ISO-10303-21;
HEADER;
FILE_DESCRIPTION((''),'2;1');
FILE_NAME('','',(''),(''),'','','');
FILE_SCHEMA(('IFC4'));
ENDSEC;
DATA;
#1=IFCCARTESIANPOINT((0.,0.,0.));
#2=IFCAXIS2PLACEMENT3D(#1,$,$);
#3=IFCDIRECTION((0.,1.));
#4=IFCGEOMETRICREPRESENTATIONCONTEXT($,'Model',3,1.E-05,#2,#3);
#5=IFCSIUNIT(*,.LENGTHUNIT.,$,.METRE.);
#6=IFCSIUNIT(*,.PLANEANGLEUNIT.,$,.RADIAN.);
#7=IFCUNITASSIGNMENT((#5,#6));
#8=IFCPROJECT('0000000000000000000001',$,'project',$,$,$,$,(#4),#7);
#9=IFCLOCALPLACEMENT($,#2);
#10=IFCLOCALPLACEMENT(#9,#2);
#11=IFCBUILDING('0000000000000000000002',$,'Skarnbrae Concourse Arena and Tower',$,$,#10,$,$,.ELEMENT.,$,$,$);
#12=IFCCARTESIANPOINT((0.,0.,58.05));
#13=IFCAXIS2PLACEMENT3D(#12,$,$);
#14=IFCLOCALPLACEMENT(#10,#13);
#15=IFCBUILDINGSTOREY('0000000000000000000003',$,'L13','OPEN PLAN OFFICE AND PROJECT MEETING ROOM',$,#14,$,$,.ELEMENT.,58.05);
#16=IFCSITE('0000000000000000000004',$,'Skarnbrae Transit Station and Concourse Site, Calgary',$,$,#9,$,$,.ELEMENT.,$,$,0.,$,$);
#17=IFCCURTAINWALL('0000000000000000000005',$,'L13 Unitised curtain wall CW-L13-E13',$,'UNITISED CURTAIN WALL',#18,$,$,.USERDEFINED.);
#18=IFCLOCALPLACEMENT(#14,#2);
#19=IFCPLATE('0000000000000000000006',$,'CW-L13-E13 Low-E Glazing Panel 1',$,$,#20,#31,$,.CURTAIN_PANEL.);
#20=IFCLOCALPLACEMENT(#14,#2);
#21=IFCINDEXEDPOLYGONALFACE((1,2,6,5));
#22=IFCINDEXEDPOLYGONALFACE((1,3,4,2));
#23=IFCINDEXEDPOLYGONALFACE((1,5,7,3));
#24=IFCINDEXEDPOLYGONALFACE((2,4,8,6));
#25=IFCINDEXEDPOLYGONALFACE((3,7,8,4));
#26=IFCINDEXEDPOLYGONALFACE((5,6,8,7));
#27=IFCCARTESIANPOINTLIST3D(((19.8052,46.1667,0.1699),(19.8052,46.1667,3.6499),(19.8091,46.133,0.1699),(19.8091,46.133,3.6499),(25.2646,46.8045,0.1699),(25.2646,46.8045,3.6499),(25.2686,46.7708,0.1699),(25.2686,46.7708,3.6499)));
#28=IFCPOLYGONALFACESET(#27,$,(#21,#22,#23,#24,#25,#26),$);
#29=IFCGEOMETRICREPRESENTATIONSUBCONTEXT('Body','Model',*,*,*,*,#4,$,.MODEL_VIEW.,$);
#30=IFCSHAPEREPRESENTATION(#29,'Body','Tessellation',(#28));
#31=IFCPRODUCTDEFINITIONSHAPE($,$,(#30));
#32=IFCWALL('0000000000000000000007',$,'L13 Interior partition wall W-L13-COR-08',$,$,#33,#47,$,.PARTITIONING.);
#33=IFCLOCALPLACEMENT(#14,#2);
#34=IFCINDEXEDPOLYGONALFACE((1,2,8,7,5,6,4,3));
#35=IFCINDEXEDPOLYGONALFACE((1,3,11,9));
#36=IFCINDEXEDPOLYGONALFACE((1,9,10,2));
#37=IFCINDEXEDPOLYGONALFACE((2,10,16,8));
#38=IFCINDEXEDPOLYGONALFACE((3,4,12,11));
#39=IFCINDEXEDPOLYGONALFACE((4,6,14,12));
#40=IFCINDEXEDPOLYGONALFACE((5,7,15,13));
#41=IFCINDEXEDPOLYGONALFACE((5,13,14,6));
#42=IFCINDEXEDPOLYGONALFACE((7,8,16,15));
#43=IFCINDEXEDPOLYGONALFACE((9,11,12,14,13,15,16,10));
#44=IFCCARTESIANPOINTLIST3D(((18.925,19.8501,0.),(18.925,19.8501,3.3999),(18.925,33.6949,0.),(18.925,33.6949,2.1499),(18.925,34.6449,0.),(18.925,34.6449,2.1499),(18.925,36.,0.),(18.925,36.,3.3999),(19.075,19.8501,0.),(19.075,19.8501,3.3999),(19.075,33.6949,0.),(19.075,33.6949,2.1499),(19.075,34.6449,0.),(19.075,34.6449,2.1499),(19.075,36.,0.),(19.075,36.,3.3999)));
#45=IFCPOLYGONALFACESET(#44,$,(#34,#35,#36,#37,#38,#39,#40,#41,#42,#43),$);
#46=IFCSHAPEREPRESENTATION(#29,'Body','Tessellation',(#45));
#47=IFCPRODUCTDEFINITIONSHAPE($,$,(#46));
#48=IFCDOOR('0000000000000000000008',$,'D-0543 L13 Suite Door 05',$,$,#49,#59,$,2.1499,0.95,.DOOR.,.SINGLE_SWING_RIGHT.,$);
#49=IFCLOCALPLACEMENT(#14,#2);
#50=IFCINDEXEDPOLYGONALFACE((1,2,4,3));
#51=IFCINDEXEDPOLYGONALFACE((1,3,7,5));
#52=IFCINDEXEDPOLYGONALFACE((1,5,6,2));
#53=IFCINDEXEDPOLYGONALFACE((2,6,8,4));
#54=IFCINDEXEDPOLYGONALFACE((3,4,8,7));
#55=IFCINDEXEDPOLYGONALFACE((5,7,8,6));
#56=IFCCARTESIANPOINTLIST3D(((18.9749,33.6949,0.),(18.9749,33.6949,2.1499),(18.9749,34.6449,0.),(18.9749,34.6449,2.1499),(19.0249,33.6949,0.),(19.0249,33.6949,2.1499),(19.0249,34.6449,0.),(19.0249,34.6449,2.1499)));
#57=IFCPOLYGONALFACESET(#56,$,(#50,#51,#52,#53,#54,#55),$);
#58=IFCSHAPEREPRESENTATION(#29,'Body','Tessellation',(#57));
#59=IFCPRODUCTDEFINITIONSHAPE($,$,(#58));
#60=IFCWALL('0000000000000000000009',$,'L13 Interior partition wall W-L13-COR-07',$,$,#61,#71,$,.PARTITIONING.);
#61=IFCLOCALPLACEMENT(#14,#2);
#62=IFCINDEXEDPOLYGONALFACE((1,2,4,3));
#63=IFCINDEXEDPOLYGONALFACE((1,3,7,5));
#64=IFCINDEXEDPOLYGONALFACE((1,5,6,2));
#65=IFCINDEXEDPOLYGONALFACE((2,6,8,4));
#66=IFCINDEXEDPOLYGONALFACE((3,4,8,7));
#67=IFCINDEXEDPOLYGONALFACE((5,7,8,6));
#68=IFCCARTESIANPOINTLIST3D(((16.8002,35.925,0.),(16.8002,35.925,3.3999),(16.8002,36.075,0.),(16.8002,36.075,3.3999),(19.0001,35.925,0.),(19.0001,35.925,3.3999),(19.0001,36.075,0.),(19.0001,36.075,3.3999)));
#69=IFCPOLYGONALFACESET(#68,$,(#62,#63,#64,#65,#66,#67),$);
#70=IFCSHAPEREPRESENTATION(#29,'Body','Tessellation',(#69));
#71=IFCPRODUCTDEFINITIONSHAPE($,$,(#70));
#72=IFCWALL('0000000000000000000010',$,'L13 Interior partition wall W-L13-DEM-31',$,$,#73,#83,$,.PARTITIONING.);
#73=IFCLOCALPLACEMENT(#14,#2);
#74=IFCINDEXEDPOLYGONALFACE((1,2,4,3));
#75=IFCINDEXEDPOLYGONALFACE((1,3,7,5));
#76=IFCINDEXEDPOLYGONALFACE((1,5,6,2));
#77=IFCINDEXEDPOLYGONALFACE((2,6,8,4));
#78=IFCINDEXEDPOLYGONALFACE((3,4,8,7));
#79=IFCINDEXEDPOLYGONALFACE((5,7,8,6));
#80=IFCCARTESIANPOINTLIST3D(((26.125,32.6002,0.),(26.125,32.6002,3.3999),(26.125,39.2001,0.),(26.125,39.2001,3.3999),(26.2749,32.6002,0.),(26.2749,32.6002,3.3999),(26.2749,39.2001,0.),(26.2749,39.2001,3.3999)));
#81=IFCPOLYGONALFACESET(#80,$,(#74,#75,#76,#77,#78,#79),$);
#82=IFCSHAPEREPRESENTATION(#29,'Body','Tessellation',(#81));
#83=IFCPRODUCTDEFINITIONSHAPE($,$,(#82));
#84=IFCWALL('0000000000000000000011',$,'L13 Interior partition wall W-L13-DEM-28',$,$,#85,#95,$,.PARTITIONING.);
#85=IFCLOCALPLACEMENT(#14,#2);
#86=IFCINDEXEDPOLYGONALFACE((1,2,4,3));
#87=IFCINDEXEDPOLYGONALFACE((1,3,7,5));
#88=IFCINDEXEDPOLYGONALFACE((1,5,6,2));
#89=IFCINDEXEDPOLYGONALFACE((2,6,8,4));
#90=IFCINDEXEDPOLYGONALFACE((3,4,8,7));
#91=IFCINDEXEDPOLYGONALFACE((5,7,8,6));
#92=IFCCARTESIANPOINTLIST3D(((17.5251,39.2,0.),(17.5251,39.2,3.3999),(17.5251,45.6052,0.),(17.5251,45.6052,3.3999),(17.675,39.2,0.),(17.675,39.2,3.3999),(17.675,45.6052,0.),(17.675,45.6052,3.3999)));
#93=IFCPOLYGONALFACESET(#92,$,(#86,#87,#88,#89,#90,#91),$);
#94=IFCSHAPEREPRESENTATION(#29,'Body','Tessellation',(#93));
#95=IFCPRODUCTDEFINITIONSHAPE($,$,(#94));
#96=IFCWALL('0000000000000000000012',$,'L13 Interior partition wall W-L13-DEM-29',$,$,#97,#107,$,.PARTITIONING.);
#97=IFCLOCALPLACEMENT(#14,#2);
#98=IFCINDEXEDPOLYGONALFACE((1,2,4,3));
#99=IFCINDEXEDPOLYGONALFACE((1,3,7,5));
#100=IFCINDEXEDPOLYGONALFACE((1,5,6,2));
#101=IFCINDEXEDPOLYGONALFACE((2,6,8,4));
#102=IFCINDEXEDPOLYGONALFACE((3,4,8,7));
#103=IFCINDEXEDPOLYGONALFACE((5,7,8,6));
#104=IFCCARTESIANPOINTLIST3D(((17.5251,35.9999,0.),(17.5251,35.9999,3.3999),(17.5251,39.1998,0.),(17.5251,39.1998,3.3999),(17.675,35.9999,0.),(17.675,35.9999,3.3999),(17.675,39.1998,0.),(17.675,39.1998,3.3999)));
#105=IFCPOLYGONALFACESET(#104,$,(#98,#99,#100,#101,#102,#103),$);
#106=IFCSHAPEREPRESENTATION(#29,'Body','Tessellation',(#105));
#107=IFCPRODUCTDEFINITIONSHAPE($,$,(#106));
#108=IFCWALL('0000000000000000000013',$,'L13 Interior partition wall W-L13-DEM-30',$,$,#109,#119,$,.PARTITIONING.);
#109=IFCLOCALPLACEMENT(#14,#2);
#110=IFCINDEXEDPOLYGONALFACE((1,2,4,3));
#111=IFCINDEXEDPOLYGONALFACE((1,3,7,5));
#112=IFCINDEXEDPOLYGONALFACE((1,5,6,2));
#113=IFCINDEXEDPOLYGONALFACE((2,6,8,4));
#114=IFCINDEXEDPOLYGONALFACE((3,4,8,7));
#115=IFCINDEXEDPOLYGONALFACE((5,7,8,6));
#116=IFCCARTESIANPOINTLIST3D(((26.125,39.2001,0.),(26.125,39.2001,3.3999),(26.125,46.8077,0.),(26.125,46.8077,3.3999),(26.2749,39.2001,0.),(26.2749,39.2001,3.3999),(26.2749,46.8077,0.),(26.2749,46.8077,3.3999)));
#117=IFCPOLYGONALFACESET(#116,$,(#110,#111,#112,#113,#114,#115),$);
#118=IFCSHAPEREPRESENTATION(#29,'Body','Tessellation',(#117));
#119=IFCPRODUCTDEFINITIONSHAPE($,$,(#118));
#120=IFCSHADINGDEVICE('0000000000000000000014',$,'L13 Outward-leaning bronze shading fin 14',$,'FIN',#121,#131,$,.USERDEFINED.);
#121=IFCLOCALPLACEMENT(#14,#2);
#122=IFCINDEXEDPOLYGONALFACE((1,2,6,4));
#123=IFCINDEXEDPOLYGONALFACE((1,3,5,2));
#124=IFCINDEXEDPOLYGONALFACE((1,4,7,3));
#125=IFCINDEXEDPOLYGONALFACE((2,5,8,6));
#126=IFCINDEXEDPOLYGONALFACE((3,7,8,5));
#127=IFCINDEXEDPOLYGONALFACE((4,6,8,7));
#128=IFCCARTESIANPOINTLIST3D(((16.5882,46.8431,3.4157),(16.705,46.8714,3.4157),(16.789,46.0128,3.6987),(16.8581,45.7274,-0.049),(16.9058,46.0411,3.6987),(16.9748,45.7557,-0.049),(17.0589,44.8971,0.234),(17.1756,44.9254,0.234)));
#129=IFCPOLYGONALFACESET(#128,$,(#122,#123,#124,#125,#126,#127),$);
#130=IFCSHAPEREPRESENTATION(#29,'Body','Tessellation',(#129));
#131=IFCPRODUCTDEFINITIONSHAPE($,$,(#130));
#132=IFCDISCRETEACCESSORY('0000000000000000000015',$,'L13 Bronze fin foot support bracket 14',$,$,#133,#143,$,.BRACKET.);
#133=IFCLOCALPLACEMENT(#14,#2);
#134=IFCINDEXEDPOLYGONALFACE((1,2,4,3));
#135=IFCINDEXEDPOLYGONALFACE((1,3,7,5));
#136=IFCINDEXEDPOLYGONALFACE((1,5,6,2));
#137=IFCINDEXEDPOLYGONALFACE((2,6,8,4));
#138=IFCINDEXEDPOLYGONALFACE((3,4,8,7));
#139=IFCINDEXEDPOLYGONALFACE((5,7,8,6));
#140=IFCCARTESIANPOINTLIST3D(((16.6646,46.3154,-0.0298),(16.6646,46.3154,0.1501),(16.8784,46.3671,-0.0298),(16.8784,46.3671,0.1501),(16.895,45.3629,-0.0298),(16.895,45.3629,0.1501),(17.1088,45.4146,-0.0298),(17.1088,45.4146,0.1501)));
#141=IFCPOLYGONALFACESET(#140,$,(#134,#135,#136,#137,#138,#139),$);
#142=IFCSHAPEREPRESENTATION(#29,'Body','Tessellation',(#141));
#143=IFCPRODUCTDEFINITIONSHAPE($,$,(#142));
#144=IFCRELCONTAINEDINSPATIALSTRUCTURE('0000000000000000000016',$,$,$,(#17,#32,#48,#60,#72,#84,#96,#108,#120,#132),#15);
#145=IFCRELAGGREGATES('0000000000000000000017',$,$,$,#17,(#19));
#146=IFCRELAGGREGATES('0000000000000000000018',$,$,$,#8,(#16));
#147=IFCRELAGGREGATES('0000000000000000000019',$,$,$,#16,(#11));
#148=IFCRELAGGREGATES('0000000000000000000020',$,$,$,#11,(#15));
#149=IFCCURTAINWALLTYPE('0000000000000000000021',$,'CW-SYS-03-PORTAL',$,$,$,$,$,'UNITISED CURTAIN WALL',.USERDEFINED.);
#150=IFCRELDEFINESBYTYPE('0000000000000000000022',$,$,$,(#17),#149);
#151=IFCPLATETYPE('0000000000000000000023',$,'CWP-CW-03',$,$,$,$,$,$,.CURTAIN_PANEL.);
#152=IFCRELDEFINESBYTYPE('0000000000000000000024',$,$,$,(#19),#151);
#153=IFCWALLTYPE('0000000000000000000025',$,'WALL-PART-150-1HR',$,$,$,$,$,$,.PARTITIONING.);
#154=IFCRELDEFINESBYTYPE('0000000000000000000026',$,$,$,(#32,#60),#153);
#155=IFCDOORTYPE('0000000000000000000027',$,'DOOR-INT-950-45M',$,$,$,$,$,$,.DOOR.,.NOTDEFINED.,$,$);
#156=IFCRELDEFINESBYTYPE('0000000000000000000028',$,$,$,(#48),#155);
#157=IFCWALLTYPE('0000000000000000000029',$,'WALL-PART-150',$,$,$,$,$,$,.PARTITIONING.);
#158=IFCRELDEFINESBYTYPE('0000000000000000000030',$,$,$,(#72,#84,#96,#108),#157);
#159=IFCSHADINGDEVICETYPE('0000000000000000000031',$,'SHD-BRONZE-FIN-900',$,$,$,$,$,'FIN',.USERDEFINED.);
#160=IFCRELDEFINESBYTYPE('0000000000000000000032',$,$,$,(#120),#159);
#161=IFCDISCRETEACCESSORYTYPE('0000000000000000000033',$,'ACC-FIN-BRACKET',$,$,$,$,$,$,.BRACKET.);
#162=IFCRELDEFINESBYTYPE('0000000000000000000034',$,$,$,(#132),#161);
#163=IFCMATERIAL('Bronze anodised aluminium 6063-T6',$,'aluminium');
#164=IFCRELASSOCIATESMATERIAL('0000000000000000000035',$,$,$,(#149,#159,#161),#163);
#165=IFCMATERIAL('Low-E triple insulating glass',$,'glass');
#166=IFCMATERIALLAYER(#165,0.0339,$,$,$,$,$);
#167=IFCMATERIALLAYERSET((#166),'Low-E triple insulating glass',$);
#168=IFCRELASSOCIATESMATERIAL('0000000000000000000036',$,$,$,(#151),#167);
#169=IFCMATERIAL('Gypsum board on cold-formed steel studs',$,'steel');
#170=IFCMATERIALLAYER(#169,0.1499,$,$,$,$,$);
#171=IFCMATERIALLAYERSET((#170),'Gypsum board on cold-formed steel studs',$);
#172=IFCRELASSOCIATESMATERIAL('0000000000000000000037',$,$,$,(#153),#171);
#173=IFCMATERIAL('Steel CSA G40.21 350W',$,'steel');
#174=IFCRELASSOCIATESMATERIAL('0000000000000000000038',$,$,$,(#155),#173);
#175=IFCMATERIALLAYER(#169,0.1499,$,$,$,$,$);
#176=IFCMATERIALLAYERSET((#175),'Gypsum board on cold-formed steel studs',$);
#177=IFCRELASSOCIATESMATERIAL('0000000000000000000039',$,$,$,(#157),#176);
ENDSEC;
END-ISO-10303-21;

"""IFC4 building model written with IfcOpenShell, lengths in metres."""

from ifc_helpers import new_model, si_unit, direction, frame, frame_2d, origin, origin_2d, place, context, subcontext, project, spatial, rectangle, extrude, source, transform, mapped, material, layer, layer_set, type_object, element, fill, aggregate, save


model = new_model("IFC4")

# Units and contexts
model_context = context("Model", 3, precision=1e-05, world=origin(), true_north=direction((0.0, 1.0)))
body_context = subcontext(model_context, "Body", "Model", "MODEL_VIEW")
ifc_project = project(units=[si_unit("LENGTHUNIT", "METRE"), si_unit("PLANEANGLEUNIT", "RADIAN")], contexts=[model_context])

# Site, building, storey
site_placement = place(None, origin())
site = spatial("IfcSite", under=ifc_project, at=site_placement, Name="Skarnbrae Transit Station and Concourse Site, Calgary", CompositionType="ELEMENT", RefElevation=0.0)
building_placement = place(site_placement, origin())
building = spatial("IfcBuilding", under=site, at=building_placement, Name="Skarnbrae Concourse Arena and Tower", CompositionType="ELEMENT")
storey_placement = place(building_placement, frame((0.0, 0.0, 58.05)))
storey = spatial("IfcBuildingStorey", under=building, at=storey_placement, Name="L13", Description="OPEN PLAN OFFICE AND PROJECT MEETING ROOM", CompositionType="ELEMENT", Elevation=58.05)

# Shared definitions
ifc_material_1 = material(Name="Steel CSA G40.21 350W", Category="steel")

# Shared definitions
ifc_material_2 = material(Name="Bronze anodised aluminium 6063-T6", Category="aluminium")

# Curtain wall
curtain_wall_type_1 = type_object("IfcCurtainWallType", Name="CW-SYS-03-PORTAL", ElementType="UNITISED CURTAIN WALL", PredefinedType="USERDEFINED", material=ifc_material_2)
curtain_wall_1_placement = place(storey_placement, origin())
curtain_wall_1 = element("IfcCurtainWall", 1, at=curtain_wall_1_placement, inside=storey, type_object=curtain_wall_type_1, Name="L13 Unitised curtain wall CW-L13-E13", ObjectType="UNITISED CURTAIN WALL", PredefinedType="USERDEFINED")

# Plate
ifc_material_3 = material(Name="Low-E triple insulating glass", Category="glass")
ifc_layer_1 = layer(ifc_material_3, 0.0339)
ifc_layer_set_1 = layer_set([ifc_layer_1], Name="Low-E triple insulating glass")
plate_type_1 = type_object("IfcPlateType", Name="CWP-CW-03", PredefinedType="CURTAIN_PANEL", material=ifc_layer_set_1)
shared_shape_1 = source(origin(), body_context, "Body", "SweptSolid", [
    extrude(rectangle(XDim=5.4966, YDim=0.0339, at=origin_2d()), origin(), (0.0, 0.0, 1.0), 3.48),
])
plate_1_placement = place(storey_placement, frame((22.5369, 46.4688, 0.1699), z_axis=(0.0, 0.0, 1.0), x_axis=(-0.993245, -0.11604, 0.0)))
plate_1 = element("IfcPlate", 2, at=plate_1_placement, type_object=plate_type_1, Name="CW-L13-E13 Low-E Glazing Panel 1", PredefinedType="CURTAIN_PANEL", context=body_context, shape_type="MappedRepresentation", body=[
    mapped(shared_shape_1, transform((0.0, 0.0, 0.0))),
])
aggregate(curtain_wall_1, [plate_1])

# Wall, opening, door
ifc_material_4 = material(Name="Gypsum board on cold-formed steel studs", Category="steel")
ifc_layer_2 = layer(ifc_material_4, 0.1499)
ifc_layer_set_2 = layer_set([ifc_layer_2], Name="Gypsum board on cold-formed steel studs")
wall_type_1 = type_object("IfcWallType", Name="WALL-PART-150-1HR", PredefinedType="PARTITIONING", material=ifc_layer_set_2)
shared_shape_2 = source(origin(), body_context, "Body", "SweptSolid", [
    extrude(rectangle(XDim=16.1499, YDim=0.1499, at=frame_2d((8.075, 0.0))), origin(), (0.0, 0.0, 1.0), 3.3999),
])
wall_1_placement = place(storey_placement, frame((19.0, 36.0, 0.0), z_axis=(0.0, 0.0, 1.0), x_axis=(0.0, -1.0, 0.0)))
wall_1 = element("IfcWall", 3, at=wall_1_placement, inside=storey, type_object=wall_type_1, Name="L13 Interior partition wall W-L13-COR-08", PredefinedType="PARTITIONING", context=body_context, shape_type="MappedRepresentation", body=[
    mapped(shared_shape_2, transform((0.0, 0.0, 0.0))),
])
opening_placement = place(wall_1_placement, frame((1.355, 0.0, 0.0)))
opening = element("IfcOpeningElement", 4, at=opening_placement, cuts=wall_1, PredefinedType="OPENING", context=body_context, shape_type="SweptSolid", body=[
    extrude(rectangle(XDim=0.95, YDim=2.1499, at=frame_2d((0.4751, 1.075))), frame((0.0, 0.085, 0.0), z_axis=(0.0, -1.0, 0.0), x_axis=(1.0, 0.0, 0.0)), (0.0, 0.0, 1.0), 0.1699),
])
door_type = type_object("IfcDoorType", Name="DOOR-INT-950-45M", OperationType="NOTDEFINED", PredefinedType="DOOR", material=ifc_material_1)
shared_shape_3 = source(origin(), body_context, "Body", "SweptSolid", [
    extrude(rectangle(XDim=0.95, YDim=2.1499, at=frame_2d((0.4751, 1.075))), frame((0.0, 0.0249, 0.0), z_axis=(0.0, -1.0, 0.0), x_axis=(1.0, 0.0, 0.0)), (0.0, 0.0, 1.0), 0.05),
])
door_placement = place(opening_placement, origin())
door = element("IfcDoor", 5, at=door_placement, inside=storey, type_object=door_type, Name="D-0543 L13 Suite Door 05", OperationType="SINGLE_SWING_RIGHT", OverallHeight=2.1499, OverallWidth=0.95, PredefinedType="DOOR", context=body_context, shape_type="MappedRepresentation", body=[
    mapped(shared_shape_3, transform((0.0, 0.0, 0.0))),
])
fill(opening, door)

# Walls
shared_shape_4 = source(origin(), body_context, "Body", "SweptSolid", [
    extrude(rectangle(XDim=2.2, YDim=0.1499, at=frame_2d((1.1001, 0.0))), origin(), (0.0, 0.0, 1.0), 3.3999),
])
wall_2_placement = place(storey_placement, frame((16.8, 36.0, 0.0), z_axis=(0.0, 0.0, 1.0), x_axis=(1.0, 0.0, 0.0)))
element("IfcWall", 6, at=wall_2_placement, inside=storey, type_object=wall_type_1, Name="L13 Interior partition wall W-L13-COR-07", PredefinedType="PARTITIONING", context=body_context, shape_type="MappedRepresentation", body=[
    mapped(shared_shape_4, transform((0.0, 0.0, 0.0))),
])
ifc_layer_3 = layer(ifc_material_4, 0.1499)
ifc_layer_set_3 = layer_set([ifc_layer_3], Name="Gypsum board on cold-formed steel studs")
wall_type_2 = type_object("IfcWallType", Name="WALL-PART-150", PredefinedType="PARTITIONING", material=ifc_layer_set_3)
shared_shape_5 = source(origin(), body_context, "Body", "SweptSolid", [
    extrude(rectangle(XDim=6.5999, YDim=0.1499, at=frame_2d((3.2998, 0.0))), origin(), (0.0, 0.0, 1.0), 3.3999),
])
wall_3_placement = place(storey_placement, frame((26.2, 39.2, 0.0), z_axis=(0.0, 0.0, 1.0), x_axis=(0.0, -1.0, 0.0)))
element("IfcWall", 7, at=wall_3_placement, inside=storey, type_object=wall_type_2, Name="L13 Interior partition wall W-L13-DEM-31", PredefinedType="PARTITIONING", context=body_context, shape_type="MappedRepresentation", body=[
    mapped(shared_shape_5, transform((0.0, 0.0, 0.0))),
])
shared_shape_6 = source(origin(), body_context, "Body", "SweptSolid", [
    extrude(rectangle(XDim=6.4053, YDim=0.1499, at=frame_2d((3.2026, 0.0))), origin(), (0.0, 0.0, 1.0), 3.3999),
])
wall_4_placement = place(storey_placement, frame((17.6001, 45.6052, 0.0), z_axis=(0.0, 0.0, 1.0), x_axis=(0.0, -1.0, 0.0)))
element("IfcWall", 8, at=wall_4_placement, inside=storey, type_object=wall_type_2, Name="L13 Interior partition wall W-L13-DEM-28", PredefinedType="PARTITIONING", context=body_context, shape_type="MappedRepresentation", body=[
    mapped(shared_shape_6, transform((0.0, 0.0, 0.0))),
])
shared_shape_7 = source(origin(), body_context, "Body", "SweptSolid", [
    extrude(rectangle(XDim=3.2, YDim=0.1499, at=frame_2d((1.6001, 0.0))), origin(), (0.0, 0.0, 1.0), 3.3999),
])
wall_5_placement = place(storey_placement, frame((17.6001, 39.2, 0.0), z_axis=(0.0, 0.0, 1.0), x_axis=(0.0, -1.0, 0.0)))
element("IfcWall", 9, at=wall_5_placement, inside=storey, type_object=wall_type_2, Name="L13 Interior partition wall W-L13-DEM-29", PredefinedType="PARTITIONING", context=body_context, shape_type="MappedRepresentation", body=[
    mapped(shared_shape_7, transform((0.0, 0.0, 0.0))),
])
shared_shape_8 = source(origin(), body_context, "Body", "SweptSolid", [
    extrude(rectangle(XDim=7.6077, YDim=0.1499, at=frame_2d((3.8037, 0.0))), origin(), (0.0, 0.0, 1.0), 3.3999),
])
wall_6_placement = place(storey_placement, frame((26.2, 46.8076, 0.0), z_axis=(0.0, 0.0, 1.0), x_axis=(0.0, -1.0, 0.0)))
element("IfcWall", 10, at=wall_6_placement, inside=storey, type_object=wall_type_2, Name="L13 Interior partition wall W-L13-DEM-30", PredefinedType="PARTITIONING", context=body_context, shape_type="MappedRepresentation", body=[
    mapped(shared_shape_8, transform((0.0, 0.0, 0.0))),
])

# Shading device
shading_device_type = type_object("IfcShadingDeviceType", Name="SHD-BRONZE-FIN-900", ElementType="FIN", PredefinedType="USERDEFINED", material=ifc_material_2)
shared_shape_9 = source(origin(), body_context, "Body", "SweptSolid", [
    extrude(rectangle(XDim=0.1201, YDim=0.8999, at=origin_2d()), origin(), (0.0, 0.0, 1.0), 3.6499),
])
shading_device_placement = place(storey_placement, frame((17.0168, 45.3264, 0.0925), z_axis=(-0.073934, 0.305675, 0.949261), x_axis=(0.971973, 0.235091, 0.0)))
element("IfcShadingDevice", 11, at=shading_device_placement, inside=storey, type_object=shading_device_type, Name="L13 Outward-leaning bronze shading fin 14", ObjectType="FIN", PredefinedType="USERDEFINED", context=body_context, shape_type="MappedRepresentation", body=[
    mapped(shared_shape_9, transform((0.0, 0.0, 0.0))),
])

# Discrete accessory
discrete_accessory_type = type_object("IfcDiscreteAccessoryType", Name="ACC-FIN-BRACKET", PredefinedType="BRACKET", material=ifc_material_2)
shared_shape_10 = source(origin(), body_context, "Body", "SweptSolid", [
    extrude(rectangle(XDim=0.22, YDim=0.98, at=origin_2d()), origin(), (0.0, 0.0, 1.0), 0.1799),
])
discrete_accessory_placement = place(storey_placement, frame((16.8867, 45.865, -0.0298), z_axis=(0.0, 0.0, 1.0), x_axis=(0.971973, 0.235091, 0.0)))
element("IfcDiscreteAccessory", 12, at=discrete_accessory_placement, inside=storey, type_object=discrete_accessory_type, Name="L13 Bronze fin foot support bracket 14", PredefinedType="BRACKET", context=body_context, shape_type="MappedRepresentation", body=[
    mapped(shared_shape_10, transform((0.0, 0.0, 0.0))),
])

save(model, "model.ifc")
